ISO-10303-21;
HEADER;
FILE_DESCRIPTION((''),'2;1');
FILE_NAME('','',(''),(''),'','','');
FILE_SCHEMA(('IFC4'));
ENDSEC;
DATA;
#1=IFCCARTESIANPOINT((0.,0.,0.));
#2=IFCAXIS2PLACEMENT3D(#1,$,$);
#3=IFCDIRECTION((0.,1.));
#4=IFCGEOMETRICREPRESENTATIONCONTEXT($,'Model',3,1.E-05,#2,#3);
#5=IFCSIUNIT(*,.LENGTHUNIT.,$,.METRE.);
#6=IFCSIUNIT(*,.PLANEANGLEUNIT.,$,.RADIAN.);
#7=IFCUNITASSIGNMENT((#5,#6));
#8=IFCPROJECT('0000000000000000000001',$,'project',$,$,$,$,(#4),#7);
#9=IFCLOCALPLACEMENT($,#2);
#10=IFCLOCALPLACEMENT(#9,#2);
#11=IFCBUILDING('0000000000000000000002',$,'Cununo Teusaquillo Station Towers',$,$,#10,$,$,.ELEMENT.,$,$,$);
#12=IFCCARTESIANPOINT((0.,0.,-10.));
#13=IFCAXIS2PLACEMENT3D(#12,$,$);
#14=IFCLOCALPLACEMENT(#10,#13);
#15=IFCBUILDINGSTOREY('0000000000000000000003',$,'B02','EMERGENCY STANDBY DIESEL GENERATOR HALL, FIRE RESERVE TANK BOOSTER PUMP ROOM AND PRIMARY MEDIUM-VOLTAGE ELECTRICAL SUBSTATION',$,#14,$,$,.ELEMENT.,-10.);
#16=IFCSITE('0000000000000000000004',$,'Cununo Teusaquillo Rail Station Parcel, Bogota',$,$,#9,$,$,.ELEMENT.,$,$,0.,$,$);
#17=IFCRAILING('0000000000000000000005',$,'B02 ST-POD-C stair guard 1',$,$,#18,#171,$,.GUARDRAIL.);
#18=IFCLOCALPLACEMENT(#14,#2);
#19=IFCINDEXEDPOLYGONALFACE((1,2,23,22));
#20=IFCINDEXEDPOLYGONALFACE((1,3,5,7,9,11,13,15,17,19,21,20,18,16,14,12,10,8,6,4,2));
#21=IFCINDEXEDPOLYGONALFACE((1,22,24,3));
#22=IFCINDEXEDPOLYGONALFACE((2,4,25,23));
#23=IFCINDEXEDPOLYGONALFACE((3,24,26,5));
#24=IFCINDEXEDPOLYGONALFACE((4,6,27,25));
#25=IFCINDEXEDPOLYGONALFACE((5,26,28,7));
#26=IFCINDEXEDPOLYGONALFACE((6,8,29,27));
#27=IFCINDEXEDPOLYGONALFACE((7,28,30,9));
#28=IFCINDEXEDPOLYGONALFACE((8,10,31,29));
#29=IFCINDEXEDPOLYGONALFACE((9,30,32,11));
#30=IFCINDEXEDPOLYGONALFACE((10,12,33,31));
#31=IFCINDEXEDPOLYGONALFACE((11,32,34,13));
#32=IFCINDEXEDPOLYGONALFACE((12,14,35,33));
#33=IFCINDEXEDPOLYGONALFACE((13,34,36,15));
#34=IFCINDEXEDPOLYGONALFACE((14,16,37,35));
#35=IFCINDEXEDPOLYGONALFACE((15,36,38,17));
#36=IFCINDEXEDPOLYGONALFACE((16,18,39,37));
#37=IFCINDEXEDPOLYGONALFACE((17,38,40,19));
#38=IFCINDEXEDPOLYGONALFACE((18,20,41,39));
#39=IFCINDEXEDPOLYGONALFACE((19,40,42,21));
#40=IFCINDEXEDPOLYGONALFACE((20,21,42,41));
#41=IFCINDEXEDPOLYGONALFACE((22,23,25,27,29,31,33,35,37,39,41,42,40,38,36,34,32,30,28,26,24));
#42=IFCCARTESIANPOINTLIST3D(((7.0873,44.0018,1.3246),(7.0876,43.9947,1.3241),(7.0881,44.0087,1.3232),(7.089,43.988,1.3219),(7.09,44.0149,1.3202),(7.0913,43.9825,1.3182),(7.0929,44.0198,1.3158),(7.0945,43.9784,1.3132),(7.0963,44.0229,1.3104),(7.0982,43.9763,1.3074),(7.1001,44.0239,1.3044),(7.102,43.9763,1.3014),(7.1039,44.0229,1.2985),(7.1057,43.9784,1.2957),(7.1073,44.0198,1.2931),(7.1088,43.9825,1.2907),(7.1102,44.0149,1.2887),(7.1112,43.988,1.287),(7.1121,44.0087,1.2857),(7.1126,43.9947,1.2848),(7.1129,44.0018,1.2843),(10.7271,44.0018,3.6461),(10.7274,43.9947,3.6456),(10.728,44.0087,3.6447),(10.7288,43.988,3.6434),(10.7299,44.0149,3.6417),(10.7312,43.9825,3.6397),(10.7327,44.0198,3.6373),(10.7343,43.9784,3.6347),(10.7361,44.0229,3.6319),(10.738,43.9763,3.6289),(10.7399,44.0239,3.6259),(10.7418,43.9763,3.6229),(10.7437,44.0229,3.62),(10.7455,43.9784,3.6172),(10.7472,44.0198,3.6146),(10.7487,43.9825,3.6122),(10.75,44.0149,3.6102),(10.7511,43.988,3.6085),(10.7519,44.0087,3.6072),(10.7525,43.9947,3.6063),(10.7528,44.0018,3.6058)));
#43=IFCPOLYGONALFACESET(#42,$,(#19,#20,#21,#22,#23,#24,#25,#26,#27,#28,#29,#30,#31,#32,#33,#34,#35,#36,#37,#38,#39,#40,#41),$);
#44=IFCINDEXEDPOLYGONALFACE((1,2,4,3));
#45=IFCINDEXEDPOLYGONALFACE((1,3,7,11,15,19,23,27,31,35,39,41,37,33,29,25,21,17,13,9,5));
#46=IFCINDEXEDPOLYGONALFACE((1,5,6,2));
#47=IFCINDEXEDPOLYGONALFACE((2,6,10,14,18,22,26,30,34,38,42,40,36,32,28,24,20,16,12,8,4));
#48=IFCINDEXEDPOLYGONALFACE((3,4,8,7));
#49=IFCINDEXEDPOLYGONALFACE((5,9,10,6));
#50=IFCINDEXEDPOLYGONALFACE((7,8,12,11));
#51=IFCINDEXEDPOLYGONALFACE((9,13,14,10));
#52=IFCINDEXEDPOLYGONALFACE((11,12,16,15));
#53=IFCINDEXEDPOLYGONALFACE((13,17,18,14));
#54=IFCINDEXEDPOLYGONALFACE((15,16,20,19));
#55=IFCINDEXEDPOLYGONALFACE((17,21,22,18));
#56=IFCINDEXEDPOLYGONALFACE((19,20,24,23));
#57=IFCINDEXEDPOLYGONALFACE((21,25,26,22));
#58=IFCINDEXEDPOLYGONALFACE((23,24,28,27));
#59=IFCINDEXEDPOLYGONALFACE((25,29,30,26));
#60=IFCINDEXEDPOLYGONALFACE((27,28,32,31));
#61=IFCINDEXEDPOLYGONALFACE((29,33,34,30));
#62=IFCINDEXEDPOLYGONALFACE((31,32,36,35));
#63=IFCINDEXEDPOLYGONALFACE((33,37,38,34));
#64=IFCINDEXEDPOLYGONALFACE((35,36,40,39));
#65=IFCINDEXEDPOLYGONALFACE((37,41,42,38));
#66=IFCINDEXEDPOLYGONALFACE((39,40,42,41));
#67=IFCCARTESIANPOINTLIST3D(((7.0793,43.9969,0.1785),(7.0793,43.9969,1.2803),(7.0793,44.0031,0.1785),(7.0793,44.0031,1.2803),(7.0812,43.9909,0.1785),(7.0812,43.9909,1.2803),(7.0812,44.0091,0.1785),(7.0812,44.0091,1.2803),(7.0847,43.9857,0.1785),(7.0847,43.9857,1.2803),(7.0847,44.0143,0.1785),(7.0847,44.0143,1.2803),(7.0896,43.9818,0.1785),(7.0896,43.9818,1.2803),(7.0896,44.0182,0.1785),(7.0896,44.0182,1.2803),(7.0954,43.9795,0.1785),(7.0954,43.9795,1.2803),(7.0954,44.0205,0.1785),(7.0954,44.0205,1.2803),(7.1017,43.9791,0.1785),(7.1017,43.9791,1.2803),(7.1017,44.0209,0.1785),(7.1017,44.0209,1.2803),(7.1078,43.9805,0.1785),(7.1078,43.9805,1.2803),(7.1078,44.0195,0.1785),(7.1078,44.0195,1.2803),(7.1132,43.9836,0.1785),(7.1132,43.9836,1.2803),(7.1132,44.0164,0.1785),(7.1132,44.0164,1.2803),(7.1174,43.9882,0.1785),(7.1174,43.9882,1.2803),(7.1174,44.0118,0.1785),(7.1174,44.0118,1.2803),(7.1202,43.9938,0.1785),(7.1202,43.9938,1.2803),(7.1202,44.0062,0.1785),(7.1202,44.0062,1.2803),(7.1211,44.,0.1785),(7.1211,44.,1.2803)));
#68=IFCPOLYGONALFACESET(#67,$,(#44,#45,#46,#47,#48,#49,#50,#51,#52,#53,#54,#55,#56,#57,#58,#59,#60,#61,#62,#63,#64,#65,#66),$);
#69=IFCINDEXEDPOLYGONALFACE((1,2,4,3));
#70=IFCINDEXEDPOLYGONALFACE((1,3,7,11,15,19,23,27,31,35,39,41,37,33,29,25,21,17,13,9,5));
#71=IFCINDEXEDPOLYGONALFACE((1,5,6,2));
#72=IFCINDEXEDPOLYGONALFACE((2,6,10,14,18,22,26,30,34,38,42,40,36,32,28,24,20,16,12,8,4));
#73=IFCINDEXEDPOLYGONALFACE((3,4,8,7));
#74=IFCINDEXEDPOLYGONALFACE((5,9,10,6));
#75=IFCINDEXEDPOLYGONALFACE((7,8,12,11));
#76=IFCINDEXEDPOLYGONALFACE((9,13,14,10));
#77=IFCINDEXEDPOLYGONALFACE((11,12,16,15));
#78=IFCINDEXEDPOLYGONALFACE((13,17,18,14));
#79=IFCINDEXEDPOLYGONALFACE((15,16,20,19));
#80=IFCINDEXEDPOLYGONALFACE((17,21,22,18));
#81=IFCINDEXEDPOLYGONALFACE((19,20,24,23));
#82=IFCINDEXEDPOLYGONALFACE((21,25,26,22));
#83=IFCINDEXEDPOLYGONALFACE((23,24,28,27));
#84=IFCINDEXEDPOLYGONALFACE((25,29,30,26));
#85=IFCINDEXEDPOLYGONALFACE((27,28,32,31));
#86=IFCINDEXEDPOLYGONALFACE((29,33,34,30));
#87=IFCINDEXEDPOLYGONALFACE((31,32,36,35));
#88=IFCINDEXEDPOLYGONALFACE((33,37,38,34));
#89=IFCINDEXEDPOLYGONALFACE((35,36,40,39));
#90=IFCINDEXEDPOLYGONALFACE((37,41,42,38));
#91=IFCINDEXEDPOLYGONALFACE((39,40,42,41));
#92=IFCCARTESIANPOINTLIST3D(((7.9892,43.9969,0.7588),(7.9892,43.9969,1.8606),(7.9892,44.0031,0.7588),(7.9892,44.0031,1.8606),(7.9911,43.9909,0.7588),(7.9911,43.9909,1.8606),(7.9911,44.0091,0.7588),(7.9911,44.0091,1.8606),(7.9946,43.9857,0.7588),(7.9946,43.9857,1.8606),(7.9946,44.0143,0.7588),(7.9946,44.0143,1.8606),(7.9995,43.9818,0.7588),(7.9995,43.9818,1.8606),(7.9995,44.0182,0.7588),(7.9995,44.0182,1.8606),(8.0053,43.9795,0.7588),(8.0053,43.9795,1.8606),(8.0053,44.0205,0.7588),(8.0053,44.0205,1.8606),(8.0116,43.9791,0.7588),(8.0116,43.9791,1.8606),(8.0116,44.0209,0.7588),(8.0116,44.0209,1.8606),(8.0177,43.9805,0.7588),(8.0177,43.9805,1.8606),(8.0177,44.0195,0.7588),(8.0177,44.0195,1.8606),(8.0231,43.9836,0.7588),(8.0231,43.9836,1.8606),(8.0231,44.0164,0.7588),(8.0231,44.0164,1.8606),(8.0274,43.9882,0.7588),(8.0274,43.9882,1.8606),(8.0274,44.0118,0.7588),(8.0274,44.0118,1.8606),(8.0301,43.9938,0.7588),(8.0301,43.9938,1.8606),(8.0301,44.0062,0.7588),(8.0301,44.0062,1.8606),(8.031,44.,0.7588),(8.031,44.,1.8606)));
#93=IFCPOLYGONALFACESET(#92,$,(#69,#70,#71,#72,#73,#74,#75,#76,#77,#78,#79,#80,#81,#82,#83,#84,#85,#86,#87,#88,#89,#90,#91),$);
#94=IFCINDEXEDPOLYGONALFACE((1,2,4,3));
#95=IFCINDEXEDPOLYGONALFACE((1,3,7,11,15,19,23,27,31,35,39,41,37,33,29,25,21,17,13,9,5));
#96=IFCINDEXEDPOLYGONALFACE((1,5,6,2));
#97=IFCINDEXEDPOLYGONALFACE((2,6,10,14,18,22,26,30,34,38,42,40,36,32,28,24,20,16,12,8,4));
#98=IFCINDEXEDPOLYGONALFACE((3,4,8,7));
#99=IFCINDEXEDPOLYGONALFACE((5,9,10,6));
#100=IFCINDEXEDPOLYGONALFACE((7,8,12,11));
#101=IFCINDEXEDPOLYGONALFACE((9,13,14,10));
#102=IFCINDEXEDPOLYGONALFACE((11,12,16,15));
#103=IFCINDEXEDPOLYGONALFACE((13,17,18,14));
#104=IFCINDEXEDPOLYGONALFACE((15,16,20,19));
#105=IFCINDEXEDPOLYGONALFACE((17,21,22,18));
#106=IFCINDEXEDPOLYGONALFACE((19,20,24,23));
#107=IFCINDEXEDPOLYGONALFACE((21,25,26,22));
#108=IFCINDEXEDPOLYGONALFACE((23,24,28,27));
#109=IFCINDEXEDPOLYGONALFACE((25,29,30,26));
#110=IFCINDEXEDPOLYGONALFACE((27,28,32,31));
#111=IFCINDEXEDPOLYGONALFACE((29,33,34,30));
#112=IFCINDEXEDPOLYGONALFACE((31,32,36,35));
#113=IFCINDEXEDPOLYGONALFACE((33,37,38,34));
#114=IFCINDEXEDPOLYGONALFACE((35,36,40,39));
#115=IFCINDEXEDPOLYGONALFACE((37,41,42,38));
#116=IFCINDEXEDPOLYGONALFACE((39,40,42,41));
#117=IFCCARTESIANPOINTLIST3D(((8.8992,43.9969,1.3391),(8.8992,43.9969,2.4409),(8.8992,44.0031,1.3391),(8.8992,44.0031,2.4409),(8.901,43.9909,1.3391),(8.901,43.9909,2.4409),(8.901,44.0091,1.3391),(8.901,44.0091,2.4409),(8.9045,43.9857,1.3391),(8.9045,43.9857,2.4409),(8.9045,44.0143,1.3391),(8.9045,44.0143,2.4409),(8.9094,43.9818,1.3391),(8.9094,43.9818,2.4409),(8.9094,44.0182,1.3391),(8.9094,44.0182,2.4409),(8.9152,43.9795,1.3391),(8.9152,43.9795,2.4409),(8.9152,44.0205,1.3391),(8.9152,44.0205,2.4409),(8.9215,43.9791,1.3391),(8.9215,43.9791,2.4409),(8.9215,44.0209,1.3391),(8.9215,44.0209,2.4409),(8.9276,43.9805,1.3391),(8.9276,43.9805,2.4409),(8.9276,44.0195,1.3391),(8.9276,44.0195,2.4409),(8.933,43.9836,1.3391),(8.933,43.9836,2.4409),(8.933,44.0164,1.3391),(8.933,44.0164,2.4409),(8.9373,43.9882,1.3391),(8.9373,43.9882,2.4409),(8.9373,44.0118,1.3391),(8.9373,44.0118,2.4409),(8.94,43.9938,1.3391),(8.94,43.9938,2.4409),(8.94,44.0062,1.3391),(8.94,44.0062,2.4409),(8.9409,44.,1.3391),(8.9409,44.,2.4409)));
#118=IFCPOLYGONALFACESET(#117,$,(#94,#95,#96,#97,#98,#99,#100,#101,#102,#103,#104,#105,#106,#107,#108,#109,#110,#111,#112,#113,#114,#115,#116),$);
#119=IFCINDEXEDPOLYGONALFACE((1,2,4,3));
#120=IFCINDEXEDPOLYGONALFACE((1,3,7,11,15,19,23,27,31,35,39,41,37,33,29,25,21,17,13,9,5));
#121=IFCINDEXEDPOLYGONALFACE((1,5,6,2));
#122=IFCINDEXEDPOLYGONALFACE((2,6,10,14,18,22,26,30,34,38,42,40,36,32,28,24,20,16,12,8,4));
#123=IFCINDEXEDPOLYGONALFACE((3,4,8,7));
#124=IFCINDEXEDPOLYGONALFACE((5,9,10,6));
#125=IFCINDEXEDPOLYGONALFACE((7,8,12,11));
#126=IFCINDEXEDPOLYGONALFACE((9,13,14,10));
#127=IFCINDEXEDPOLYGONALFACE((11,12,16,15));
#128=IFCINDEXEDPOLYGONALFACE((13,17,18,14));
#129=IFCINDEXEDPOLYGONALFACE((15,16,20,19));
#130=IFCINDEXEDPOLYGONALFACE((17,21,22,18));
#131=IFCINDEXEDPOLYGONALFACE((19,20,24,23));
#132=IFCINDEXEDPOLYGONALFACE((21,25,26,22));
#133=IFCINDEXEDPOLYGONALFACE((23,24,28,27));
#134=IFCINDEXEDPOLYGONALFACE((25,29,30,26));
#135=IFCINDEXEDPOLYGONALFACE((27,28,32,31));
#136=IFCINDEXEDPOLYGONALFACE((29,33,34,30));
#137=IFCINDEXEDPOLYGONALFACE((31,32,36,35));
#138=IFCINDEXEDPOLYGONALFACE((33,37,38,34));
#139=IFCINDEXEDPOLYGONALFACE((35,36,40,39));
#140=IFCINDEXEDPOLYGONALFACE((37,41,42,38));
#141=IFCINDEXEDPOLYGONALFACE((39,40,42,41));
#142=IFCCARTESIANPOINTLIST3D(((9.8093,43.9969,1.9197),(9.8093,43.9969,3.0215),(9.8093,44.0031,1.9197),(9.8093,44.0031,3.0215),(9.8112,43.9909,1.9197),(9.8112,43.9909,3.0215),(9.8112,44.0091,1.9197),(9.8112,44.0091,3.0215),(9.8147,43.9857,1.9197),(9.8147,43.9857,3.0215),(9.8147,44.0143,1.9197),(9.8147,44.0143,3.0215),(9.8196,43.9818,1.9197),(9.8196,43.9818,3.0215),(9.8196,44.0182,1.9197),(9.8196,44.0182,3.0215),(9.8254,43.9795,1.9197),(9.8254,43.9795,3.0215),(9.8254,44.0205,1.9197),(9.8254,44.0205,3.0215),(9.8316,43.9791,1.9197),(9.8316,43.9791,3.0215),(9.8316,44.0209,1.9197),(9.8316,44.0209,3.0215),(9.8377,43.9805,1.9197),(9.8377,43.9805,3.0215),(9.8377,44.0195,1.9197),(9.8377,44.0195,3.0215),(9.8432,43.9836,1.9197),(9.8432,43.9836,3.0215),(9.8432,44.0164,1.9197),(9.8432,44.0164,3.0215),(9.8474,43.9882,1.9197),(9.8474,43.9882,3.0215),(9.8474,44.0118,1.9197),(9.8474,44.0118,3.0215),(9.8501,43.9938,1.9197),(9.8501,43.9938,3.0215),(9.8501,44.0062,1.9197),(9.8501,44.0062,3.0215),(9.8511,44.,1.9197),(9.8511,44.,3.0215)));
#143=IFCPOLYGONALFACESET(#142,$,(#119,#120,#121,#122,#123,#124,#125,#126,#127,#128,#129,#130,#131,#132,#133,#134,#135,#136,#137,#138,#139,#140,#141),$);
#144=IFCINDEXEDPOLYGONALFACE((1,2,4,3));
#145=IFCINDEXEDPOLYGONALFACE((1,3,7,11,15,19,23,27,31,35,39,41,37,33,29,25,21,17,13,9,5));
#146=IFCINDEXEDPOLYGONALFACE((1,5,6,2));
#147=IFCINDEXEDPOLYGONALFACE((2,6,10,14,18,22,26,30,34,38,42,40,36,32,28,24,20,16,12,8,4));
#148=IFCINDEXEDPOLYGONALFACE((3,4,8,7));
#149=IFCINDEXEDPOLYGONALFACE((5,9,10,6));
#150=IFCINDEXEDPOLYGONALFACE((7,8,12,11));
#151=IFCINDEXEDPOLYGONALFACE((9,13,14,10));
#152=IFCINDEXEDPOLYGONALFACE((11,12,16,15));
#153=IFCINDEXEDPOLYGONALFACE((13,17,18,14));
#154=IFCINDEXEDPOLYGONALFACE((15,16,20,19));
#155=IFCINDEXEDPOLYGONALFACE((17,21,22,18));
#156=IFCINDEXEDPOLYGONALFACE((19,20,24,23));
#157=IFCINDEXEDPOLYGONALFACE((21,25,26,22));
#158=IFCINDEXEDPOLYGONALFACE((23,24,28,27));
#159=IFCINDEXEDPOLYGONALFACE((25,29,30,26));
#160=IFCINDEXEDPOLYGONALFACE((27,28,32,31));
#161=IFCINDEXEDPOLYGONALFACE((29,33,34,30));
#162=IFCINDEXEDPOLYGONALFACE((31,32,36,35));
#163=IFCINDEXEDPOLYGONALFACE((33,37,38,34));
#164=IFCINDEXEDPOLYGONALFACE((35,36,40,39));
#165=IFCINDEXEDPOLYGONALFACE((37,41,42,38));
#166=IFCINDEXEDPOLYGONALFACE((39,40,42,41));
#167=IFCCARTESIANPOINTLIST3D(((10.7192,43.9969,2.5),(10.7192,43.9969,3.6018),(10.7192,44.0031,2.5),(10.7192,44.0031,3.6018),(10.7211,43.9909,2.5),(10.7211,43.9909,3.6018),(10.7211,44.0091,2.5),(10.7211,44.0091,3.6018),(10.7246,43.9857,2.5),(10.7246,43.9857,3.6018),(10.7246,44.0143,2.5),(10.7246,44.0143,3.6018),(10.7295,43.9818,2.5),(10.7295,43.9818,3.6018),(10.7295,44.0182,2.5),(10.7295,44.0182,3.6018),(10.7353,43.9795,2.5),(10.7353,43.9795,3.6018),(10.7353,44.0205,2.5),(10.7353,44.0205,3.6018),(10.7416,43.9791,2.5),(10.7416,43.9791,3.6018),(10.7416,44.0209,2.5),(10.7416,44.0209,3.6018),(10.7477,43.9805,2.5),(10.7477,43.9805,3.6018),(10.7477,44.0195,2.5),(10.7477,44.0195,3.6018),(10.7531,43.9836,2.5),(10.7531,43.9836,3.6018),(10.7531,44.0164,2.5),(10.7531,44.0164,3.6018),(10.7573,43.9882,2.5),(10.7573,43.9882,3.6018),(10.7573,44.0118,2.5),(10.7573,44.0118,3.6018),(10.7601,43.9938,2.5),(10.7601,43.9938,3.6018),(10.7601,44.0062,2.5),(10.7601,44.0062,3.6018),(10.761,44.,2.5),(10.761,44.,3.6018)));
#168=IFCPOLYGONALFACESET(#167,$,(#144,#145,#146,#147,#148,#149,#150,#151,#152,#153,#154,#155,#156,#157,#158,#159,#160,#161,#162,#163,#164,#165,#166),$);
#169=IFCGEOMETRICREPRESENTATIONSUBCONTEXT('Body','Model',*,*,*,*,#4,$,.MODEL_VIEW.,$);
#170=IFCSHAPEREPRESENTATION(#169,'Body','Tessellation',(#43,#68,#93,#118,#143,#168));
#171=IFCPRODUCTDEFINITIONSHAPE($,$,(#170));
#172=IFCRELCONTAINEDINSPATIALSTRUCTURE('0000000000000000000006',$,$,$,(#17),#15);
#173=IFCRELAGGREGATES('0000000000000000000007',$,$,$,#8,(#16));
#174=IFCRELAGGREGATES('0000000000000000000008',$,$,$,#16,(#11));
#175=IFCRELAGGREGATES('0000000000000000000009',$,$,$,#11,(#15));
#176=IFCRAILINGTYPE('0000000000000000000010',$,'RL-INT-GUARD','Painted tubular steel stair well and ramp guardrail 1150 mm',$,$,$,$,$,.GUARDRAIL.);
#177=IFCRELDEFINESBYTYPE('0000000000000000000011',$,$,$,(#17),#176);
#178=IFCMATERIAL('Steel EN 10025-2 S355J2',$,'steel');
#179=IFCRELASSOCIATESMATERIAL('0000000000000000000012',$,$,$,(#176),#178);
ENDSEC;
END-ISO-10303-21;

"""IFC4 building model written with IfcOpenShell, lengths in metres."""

from ifc_helpers import new_model, si_unit, direction, frame, origin, origin_2d, place, context, subcontext, project, spatial, circle, extrude, material, type_object, element, save


model = new_model("IFC4")

# Units and contexts
model_context = context("Model", 3, precision=1e-05, world=origin(), true_north=direction((0.0, 1.0)))
body_context = subcontext(model_context, "Body", "Model", "MODEL_VIEW")
ifc_project = project(units=[si_unit("LENGTHUNIT", "METRE"), si_unit("PLANEANGLEUNIT", "RADIAN")], contexts=[model_context])

# Site, building, storey
site_placement = place(None, origin())
site = spatial("IfcSite", under=ifc_project, at=site_placement, Name="Cununo Teusaquillo Rail Station Parcel, Bogota", CompositionType="ELEMENT", RefElevation=0.0)
building_placement = place(site_placement, origin())
building = spatial("IfcBuilding", under=site, at=building_placement, Name="Cununo Teusaquillo Station Towers", CompositionType="ELEMENT")
storey_placement = place(building_placement, frame((0.0, 0.0, -10.0)))
storey = spatial("IfcBuildingStorey", under=building, at=storey_placement, Name="B02", Description="EMERGENCY STANDBY DIESEL GENERATOR HALL, FIRE RESERVE TANK BOOSTER PUMP ROOM AND PRIMARY MEDIUM-VOLTAGE ELECTRICAL SUBSTATION", CompositionType="ELEMENT", Elevation=-10.0)

# Railing
ifc_material_1 = material(Name="Steel EN 10025-2 S355J2", Category="steel")
railing_type_1 = type_object("IfcRailingType", Name="RL-INT-GUARD", Description="Painted tubular steel stair well and ramp guardrail 1150 mm", PredefinedType="GUARDRAIL", material=ifc_material_1)
railing_1_placement = place(storey_placement, frame((7.1001, 44.0, 0.1785)))
element("IfcRailing", 1, at=railing_1_placement, inside=storey, type_object=railing_type_1, Name="B02 ST-POD-C stair guard 1", PredefinedType="GUARDRAIL", context=body_context, shape_type="SweptSolid", body=[
    extrude(circle(Radius=0.0239, at=origin_2d()), frame((0.0, 0.0, 1.126), z_axis=(0.843112, 0.0, 0.537739), x_axis=(0.0, 1.0, 0.0)), (0.0, 0.0, 1.0), 4.3171),
    extrude(circle(Radius=0.021, at=origin_2d()), origin(), (0.0, 0.0, 1.0), 1.1018),
    extrude(circle(Radius=0.021, at=origin_2d()), frame((0.9099, 0.0, 0.5803)), (0.0, 0.0, 1.0), 1.1018),
    extrude(circle(Radius=0.021, at=origin_2d()), frame((1.8198, 0.0, 1.1606)), (0.0, 0.0, 1.0), 1.1018),
    extrude(circle(Radius=0.021, at=origin_2d()), frame((2.73, 0.0, 1.7412)), (0.0, 0.0, 1.0), 1.1018),
    extrude(circle(Radius=0.021, at=origin_2d()), frame((3.6399, 0.0, 2.3215)), (0.0, 0.0, 1.0), 1.1018),
])

save(model, "model.ifc")
